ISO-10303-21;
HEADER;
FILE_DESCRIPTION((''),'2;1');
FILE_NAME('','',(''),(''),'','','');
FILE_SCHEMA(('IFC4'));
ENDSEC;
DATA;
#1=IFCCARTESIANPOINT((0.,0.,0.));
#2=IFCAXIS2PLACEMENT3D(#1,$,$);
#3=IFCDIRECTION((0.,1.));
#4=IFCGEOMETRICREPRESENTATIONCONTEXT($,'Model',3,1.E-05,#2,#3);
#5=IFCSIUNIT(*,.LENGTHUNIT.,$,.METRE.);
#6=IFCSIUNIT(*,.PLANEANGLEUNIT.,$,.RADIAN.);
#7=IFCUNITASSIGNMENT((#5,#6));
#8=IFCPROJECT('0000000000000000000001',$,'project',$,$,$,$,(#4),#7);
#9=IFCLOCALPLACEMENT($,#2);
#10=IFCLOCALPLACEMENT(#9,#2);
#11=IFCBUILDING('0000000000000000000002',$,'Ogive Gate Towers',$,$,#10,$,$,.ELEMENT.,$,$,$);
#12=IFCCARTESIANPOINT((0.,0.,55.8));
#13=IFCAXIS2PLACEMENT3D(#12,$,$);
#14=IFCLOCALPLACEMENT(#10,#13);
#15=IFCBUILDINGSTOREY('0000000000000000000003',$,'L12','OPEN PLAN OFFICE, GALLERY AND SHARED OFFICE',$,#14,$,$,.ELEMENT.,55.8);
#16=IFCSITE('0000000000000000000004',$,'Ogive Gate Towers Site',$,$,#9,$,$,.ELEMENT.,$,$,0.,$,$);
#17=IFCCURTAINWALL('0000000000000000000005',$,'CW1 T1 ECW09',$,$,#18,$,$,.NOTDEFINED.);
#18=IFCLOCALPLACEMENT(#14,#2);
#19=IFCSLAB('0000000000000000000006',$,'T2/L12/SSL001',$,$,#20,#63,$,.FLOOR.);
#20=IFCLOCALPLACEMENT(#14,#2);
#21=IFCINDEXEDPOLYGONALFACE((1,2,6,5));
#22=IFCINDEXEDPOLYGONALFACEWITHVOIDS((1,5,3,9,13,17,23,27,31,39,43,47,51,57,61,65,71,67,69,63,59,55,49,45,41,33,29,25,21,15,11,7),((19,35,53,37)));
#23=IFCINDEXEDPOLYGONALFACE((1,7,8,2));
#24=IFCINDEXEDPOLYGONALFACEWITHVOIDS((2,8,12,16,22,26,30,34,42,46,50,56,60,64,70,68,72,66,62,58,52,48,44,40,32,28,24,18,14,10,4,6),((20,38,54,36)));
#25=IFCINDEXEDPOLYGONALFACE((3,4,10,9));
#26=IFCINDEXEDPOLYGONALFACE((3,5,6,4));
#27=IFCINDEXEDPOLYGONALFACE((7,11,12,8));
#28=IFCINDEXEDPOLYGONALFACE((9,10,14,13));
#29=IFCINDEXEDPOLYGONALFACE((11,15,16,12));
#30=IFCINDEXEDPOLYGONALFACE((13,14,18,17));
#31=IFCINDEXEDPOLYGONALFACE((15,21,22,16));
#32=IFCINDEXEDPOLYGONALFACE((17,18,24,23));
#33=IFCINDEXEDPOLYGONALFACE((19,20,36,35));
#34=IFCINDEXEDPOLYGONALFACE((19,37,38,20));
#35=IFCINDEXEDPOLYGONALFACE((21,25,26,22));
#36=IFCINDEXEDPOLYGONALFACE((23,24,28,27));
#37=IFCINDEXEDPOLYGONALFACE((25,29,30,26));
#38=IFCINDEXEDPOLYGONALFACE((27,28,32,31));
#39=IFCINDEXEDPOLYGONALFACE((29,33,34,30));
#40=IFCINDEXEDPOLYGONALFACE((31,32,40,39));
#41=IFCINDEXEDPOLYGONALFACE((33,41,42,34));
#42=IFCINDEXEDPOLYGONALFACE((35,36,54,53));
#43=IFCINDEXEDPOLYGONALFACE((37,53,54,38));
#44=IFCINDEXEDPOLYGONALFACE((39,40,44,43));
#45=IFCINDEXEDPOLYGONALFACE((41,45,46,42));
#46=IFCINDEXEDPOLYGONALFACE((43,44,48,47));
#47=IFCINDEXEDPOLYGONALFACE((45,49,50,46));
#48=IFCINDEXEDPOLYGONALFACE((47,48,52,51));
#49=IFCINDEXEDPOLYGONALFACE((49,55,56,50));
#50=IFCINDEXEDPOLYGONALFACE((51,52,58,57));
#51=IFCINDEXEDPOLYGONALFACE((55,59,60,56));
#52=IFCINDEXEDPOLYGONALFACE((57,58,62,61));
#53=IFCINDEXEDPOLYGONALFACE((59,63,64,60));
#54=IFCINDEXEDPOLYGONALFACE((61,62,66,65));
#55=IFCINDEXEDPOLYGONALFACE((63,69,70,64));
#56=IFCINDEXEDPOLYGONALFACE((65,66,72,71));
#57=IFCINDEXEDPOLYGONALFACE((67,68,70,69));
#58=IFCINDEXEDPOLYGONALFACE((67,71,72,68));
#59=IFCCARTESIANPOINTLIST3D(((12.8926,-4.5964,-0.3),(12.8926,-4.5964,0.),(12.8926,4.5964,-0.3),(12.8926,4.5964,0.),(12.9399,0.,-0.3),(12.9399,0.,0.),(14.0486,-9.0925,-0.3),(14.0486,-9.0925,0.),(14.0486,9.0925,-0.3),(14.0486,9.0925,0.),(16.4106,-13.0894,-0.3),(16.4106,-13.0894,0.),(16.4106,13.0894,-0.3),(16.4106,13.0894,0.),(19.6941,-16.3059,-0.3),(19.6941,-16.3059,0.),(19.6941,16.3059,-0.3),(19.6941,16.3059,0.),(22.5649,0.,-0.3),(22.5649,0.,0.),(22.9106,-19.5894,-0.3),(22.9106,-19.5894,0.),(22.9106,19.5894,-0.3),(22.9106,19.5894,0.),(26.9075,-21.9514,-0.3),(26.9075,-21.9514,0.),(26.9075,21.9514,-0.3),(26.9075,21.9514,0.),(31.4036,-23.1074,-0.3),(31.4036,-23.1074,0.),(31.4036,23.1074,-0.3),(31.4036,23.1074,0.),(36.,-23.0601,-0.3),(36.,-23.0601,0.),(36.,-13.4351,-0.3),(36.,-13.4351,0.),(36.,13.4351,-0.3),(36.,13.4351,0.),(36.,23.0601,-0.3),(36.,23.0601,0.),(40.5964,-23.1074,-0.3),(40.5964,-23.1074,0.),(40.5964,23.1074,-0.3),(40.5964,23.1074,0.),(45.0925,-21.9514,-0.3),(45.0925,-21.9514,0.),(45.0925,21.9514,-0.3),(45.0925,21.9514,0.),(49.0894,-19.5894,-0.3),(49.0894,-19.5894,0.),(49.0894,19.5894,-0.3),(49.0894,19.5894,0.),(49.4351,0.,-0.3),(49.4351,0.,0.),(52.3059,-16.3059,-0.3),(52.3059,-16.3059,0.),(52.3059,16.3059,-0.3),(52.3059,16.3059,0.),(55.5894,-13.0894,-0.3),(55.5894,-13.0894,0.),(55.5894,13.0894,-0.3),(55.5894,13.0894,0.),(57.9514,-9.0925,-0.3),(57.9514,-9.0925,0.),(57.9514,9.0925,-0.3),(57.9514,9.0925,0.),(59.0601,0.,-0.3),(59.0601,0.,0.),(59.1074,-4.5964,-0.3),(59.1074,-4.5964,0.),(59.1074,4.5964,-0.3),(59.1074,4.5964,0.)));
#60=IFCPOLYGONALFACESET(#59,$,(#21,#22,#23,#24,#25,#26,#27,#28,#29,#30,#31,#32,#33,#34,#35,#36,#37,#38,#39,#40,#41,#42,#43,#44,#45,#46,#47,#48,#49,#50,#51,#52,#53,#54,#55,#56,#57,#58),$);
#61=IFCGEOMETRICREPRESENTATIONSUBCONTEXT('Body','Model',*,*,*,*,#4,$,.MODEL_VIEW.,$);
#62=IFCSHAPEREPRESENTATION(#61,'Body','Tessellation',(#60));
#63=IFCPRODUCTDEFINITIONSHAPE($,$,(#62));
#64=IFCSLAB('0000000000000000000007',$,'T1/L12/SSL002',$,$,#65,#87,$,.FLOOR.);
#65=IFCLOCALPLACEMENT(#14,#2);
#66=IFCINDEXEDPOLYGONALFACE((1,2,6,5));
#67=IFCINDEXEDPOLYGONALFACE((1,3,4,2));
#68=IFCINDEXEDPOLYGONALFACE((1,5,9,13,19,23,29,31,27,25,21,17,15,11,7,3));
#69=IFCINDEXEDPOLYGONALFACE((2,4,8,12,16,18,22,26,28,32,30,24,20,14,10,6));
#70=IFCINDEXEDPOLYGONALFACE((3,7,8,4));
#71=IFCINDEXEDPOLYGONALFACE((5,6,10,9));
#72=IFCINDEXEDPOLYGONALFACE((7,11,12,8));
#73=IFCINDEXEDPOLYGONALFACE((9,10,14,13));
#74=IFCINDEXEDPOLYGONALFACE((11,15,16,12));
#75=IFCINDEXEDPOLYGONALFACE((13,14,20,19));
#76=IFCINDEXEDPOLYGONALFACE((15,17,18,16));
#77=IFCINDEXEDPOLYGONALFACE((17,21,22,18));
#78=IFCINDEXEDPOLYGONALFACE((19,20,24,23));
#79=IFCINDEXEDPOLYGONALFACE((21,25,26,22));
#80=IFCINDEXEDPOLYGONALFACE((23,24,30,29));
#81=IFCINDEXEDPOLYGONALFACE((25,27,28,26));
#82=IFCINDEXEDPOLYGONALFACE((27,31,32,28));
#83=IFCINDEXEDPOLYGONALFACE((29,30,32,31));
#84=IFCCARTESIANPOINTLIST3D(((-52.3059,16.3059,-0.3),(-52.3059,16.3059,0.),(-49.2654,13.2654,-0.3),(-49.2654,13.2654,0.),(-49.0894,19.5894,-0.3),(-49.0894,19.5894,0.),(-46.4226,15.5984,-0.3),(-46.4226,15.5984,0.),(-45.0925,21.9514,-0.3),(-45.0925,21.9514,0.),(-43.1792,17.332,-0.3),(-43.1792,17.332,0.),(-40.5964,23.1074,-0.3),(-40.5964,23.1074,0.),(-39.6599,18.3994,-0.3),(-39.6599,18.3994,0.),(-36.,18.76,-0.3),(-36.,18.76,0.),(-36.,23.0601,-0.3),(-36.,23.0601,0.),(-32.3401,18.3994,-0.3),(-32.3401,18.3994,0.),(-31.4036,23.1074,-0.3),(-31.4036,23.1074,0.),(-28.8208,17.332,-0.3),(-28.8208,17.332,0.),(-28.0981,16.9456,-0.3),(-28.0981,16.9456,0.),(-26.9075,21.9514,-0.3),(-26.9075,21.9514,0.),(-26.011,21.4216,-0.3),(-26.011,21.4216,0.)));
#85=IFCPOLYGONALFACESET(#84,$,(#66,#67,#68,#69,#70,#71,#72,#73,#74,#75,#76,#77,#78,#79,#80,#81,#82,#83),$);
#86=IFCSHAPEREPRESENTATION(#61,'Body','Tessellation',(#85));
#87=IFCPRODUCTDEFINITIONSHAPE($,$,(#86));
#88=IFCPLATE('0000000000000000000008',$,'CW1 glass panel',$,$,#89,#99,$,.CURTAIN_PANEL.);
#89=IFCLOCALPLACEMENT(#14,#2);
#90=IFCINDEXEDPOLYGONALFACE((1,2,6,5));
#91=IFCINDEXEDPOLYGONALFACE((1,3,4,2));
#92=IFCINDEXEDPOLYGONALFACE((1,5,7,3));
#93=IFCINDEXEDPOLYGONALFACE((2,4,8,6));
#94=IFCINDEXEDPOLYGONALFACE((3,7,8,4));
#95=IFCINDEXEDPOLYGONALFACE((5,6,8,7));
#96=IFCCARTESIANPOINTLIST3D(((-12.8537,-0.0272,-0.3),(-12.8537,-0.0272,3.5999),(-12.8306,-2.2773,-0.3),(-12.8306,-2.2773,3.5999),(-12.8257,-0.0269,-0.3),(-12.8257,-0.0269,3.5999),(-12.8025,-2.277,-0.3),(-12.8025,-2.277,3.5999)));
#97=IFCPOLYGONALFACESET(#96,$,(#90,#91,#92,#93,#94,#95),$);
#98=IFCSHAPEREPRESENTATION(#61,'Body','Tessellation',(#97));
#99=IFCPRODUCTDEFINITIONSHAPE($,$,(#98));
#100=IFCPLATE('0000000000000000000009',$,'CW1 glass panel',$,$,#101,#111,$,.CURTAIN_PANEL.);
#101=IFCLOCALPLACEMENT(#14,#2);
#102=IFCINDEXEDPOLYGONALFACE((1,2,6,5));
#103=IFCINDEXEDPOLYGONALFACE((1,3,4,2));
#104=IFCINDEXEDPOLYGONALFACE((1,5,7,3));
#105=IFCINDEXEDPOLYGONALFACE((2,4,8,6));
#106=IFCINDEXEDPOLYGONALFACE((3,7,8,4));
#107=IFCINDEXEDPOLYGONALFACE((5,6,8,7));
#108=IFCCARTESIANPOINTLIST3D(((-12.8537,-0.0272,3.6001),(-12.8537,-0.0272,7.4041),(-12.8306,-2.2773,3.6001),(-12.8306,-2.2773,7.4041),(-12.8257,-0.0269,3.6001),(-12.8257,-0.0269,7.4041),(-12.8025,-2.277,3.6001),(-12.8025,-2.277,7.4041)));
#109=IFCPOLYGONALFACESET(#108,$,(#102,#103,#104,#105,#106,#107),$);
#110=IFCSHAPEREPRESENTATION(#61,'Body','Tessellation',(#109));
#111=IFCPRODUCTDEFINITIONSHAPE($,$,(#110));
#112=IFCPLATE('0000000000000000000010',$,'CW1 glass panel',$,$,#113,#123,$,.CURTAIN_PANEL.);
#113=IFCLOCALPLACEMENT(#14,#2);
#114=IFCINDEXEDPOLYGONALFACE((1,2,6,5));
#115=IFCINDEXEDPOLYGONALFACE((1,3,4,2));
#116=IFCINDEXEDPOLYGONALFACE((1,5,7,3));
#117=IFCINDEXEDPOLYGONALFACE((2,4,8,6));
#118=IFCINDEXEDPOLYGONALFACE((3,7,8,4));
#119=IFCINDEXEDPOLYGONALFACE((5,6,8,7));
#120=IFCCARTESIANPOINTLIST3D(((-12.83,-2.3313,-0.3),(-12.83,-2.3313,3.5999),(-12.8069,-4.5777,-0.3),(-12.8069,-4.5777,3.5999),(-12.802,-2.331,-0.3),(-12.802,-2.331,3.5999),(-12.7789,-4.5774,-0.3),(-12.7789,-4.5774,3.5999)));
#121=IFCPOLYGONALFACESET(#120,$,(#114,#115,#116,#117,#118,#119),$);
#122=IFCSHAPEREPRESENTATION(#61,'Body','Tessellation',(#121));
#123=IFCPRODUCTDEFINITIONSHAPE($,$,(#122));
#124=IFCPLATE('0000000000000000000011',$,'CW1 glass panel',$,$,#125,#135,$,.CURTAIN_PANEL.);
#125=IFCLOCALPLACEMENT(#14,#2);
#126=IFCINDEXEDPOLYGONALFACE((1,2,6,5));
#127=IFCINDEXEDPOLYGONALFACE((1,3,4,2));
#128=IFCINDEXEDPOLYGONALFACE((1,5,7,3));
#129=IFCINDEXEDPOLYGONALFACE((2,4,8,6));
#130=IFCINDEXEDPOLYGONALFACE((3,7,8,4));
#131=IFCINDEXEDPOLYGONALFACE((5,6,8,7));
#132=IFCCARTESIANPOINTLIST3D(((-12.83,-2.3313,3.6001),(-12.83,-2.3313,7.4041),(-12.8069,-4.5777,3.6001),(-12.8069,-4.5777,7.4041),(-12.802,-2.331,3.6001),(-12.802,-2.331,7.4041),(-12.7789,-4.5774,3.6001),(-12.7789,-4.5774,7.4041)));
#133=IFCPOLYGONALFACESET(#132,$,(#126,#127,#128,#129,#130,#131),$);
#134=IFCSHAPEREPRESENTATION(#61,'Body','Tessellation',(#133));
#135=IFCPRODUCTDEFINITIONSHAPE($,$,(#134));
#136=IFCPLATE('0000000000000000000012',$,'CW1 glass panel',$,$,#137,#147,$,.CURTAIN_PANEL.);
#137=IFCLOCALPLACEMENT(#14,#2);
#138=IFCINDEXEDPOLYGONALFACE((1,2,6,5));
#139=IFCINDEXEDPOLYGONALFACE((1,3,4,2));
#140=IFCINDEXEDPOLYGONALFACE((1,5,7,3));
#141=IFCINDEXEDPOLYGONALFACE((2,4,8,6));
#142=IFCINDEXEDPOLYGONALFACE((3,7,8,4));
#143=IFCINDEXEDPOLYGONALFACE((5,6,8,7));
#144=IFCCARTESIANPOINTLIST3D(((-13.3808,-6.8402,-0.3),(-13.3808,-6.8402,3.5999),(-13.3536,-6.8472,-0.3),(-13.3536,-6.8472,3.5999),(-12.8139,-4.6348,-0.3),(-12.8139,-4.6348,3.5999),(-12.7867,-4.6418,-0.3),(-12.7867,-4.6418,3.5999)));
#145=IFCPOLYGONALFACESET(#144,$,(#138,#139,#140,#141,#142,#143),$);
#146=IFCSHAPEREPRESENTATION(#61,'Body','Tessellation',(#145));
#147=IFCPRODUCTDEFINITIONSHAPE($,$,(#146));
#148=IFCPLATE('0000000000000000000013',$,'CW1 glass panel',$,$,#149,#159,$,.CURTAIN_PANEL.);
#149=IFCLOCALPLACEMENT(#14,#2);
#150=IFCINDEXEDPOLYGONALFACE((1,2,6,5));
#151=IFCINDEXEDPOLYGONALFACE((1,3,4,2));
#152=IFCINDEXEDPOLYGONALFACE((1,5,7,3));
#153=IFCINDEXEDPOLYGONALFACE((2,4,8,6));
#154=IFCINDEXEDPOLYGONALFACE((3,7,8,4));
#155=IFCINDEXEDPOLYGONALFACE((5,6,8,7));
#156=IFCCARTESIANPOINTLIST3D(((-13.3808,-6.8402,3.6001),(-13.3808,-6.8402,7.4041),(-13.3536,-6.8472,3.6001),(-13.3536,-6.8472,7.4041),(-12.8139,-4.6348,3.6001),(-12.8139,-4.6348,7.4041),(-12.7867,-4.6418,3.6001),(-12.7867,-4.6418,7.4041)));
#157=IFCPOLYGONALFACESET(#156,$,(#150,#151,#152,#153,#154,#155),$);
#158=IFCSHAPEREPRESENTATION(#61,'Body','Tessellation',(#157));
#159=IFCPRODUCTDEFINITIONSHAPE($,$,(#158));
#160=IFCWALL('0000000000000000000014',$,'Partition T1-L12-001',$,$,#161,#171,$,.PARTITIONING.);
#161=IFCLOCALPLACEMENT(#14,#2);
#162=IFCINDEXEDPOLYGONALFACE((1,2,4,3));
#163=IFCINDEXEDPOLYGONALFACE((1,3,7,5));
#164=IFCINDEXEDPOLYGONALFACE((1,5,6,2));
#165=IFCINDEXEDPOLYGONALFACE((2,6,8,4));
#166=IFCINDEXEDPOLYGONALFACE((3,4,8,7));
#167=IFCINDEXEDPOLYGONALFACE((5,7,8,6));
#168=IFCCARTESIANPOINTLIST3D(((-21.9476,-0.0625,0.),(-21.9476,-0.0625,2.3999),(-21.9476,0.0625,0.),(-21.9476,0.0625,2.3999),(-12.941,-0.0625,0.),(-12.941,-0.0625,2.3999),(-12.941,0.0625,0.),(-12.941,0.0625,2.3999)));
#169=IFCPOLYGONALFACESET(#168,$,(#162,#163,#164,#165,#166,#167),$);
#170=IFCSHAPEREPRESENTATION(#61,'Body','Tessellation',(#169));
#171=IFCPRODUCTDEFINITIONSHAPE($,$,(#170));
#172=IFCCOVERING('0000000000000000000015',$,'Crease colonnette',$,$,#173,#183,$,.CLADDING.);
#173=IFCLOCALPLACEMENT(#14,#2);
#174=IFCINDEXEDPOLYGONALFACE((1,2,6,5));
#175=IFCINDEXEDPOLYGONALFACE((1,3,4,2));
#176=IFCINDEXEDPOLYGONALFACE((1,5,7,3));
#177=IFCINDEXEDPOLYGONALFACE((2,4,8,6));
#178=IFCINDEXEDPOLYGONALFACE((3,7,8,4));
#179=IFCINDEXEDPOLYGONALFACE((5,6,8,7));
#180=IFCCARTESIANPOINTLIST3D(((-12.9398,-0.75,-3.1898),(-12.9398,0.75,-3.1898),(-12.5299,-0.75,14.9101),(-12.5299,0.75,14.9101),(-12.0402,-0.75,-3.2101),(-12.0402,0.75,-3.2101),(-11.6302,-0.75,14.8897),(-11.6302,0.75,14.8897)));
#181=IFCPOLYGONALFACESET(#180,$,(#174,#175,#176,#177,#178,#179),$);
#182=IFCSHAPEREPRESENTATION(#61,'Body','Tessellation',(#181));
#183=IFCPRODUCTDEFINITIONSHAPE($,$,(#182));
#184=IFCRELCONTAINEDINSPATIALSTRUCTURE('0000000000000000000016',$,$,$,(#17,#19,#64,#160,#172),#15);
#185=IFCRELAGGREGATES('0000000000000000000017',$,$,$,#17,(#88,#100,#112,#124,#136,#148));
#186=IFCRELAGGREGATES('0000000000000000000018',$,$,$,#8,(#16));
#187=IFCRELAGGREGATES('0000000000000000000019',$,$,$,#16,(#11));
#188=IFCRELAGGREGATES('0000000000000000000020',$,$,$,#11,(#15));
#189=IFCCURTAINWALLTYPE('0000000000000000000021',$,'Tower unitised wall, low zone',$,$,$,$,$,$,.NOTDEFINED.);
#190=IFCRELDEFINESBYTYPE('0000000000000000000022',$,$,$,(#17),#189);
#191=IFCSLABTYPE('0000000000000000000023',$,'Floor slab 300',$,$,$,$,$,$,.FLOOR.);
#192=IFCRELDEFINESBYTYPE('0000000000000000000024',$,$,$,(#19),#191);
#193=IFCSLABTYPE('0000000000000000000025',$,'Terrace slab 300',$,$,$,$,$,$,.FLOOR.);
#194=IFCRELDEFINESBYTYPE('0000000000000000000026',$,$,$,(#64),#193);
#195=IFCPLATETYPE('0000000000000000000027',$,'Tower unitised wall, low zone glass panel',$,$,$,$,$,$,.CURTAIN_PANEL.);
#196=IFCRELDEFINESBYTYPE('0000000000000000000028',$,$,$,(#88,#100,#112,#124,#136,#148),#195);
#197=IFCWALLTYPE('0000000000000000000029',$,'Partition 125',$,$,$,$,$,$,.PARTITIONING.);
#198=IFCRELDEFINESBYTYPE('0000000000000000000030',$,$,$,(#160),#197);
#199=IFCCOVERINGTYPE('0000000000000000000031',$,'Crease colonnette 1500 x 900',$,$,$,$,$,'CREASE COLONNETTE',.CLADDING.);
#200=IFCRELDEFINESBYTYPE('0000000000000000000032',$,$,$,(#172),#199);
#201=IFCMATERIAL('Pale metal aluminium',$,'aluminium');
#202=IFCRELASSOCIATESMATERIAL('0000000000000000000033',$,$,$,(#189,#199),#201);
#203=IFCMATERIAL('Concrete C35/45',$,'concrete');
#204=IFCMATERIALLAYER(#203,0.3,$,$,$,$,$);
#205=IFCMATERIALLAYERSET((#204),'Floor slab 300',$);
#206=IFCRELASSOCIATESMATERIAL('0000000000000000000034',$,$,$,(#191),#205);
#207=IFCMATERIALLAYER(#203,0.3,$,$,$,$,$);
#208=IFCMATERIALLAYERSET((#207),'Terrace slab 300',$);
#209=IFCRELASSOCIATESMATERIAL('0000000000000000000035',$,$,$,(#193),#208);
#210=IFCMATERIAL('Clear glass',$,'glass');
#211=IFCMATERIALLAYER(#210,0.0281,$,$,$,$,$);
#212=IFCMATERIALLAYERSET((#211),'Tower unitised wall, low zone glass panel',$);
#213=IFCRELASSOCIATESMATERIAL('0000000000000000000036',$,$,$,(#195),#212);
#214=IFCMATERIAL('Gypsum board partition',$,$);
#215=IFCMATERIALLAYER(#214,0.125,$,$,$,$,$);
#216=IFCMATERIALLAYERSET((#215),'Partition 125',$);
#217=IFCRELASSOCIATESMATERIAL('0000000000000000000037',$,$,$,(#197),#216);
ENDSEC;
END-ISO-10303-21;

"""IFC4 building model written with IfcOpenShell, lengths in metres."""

from ifc_helpers import new_model, si_unit, direction, frame, frame_2d, origin, origin_2d, place, context, subcontext, project, spatial, polyline, rectangle, outline, extrude, material, layer, layer_set, material_profile, profile_set, type_object, element, aggregate, save


model = new_model("IFC4")

# Units and contexts
model_context = context("Model", 3, precision=1e-05, world=origin(), true_north=direction((0.0, 1.0)))
body_context = subcontext(model_context, "Body", "Model", "MODEL_VIEW")
ifc_project = project(units=[si_unit("LENGTHUNIT", "METRE"), si_unit("PLANEANGLEUNIT", "RADIAN")], contexts=[model_context])

# Site, building, storey
site_placement = place(None, origin())
site = spatial("IfcSite", under=ifc_project, at=site_placement, Name="Ogive Gate Towers Site", CompositionType="ELEMENT", RefElevation=0.0)
building_placement = place(site_placement, origin())
building = spatial("IfcBuilding", under=site, at=building_placement, Name="Ogive Gate Towers", CompositionType="ELEMENT")
storey_placement = place(building_placement, frame((0.0, 0.0, 55.8)))
storey = spatial("IfcBuildingStorey", under=building, at=storey_placement, Name="L12", Description="OPEN PLAN OFFICE, GALLERY AND SHARED OFFICE", CompositionType="ELEMENT", Elevation=55.8)

# Shared definitions
ifc_material_1 = material(Name="Pale metal aluminium", Category="aluminium")
curtain_wall_type = type_object("IfcCurtainWallType", Name="Tower unitised wall, low zone", PredefinedType="NOTDEFINED", material=ifc_material_1)

# Curtain wall
curtain_wall_1_placement = place(storey_placement, origin())
curtain_wall_1 = element("IfcCurtainWall", 1, at=curtain_wall_1_placement, inside=storey, type_object=curtain_wall_type, Name="CW1 T1 ECW09", PredefinedType="NOTDEFINED")

# Slabs
ifc_material_2 = material(Name="Concrete C35/45", Category="concrete")
ifc_layer_1 = layer(ifc_material_2, 0.3)
ifc_layer_set_1 = layer_set([ifc_layer_1], Name="Floor slab 300")
slab_type_1 = type_object("IfcSlabType", Name="Floor slab 300", PredefinedType="FLOOR", material=ifc_layer_set_1)
slab_1_placement = place(storey_placement, frame((0.0, 0.0, -0.3)))
element("IfcSlab", 2, at=slab_1_placement, inside=storey, type_object=slab_type_1, Name="T2/L12/SSL001", PredefinedType="FLOOR", context=body_context, shape_type="SweptSolid", body=[
    extrude(outline(polyline([(59.1074, -4.5964), (59.0601, 0.0), (59.1074, 4.5964), (57.9514, 9.0925), (55.5894, 13.0894), (52.3059, 16.3059), (49.0894, 19.5894), (45.0925, 21.9514), (40.5964, 23.1074), (36.0, 23.0601), (31.4036, 23.1074), (26.9075, 21.9514), (22.9106, 19.5894), (19.6941, 16.3059), (16.4106, 13.0894), (14.0486, 9.0925), (12.8926, 4.5964), (12.9399, 0.0), (12.8926, -4.5964), (14.0486, -9.0925), (16.4106, -13.0894), (19.6941, -16.3059), (22.9106, -19.5894), (26.9075, -21.9514), (31.4036, -23.1074), (36.0, -23.0601), (40.5964, -23.1074), (45.0925, -21.9514), (49.0894, -19.5894), (52.3059, -16.3059), (55.5894, -13.0894), (57.9514, -9.0925), (59.1074, -4.5964)]), holes=[polyline([(49.4351, 0.0), (36.0, -13.4351), (22.5649, 0.0), (36.0, 13.4351), (49.4351, 0.0)])]), origin(), (0.0, 0.0, 1.0), 0.3),
])
ifc_layer_2 = layer(ifc_material_2, 0.3)
ifc_layer_set_2 = layer_set([ifc_layer_2], Name="Terrace slab 300")
slab_type_2 = type_object("IfcSlabType", Name="Terrace slab 300", PredefinedType="FLOOR", material=ifc_layer_set_2)
slab_2_placement = place(storey_placement, frame((0.0, 0.0, -0.3)))
element("IfcSlab", 3, at=slab_2_placement, inside=storey, type_object=slab_type_2, Name="T1/L12/SSL002", PredefinedType="FLOOR", context=body_context, shape_type="SweptSolid", body=[
    extrude(outline(polyline([(-28.0981, 16.9456), (-26.011, 21.4216), (-26.9075, 21.9514), (-31.4036, 23.1074), (-36.0, 23.0601), (-40.5964, 23.1074), (-45.0925, 21.9514), (-49.0894, 19.5894), (-52.3059, 16.3059), (-49.2654, 13.2654), (-46.4226, 15.5984), (-43.1792, 17.332), (-39.6599, 18.3994), (-36.0, 18.76), (-32.3401, 18.3994), (-28.8208, 17.332), (-28.0981, 16.9456)])), origin(), (0.0, 0.0, 1.0), 0.3),
])

# Plates
ifc_material_3 = material(Name="Clear glass", Category="glass")
ifc_layer_3 = layer(ifc_material_3, 0.0281)
ifc_layer_set_3 = layer_set([ifc_layer_3], Name="Tower unitised wall, low zone glass panel")
plate_type = type_object("IfcPlateType", Name="Tower unitised wall, low zone glass panel", PredefinedType="CURTAIN_PANEL", material=ifc_layer_set_3)
plate_1_placement = place(storey_placement, frame((-12.8281, -1.1521, -0.3), z_axis=(0.0, 0.0, 1.0), x_axis=(0.01028, -0.999947, 0.0)))
plate_1 = element("IfcPlate", 4, at=plate_1_placement, type_object=plate_type, Name="CW1 glass panel", PredefinedType="CURTAIN_PANEL", context=body_context, shape_type="SweptSolid", body=[
    extrude(rectangle(XDim=2.2502, YDim=0.0281, at=origin_2d()), origin(), (0.0, 0.0, 1.0), 3.8999),
])
plate_2_placement = place(storey_placement, frame((-12.8281, -1.1521, 3.6001), z_axis=(0.0, 0.0, 1.0), x_axis=(0.01028, -0.999947, 0.0)))
plate_2 = element("IfcPlate", 5, at=plate_2_placement, type_object=plate_type, Name="CW1 glass panel", PredefinedType="CURTAIN_PANEL", context=body_context, shape_type="SweptSolid", body=[
    extrude(rectangle(XDim=2.2502, YDim=0.0281, at=origin_2d()), origin(), (0.0, 0.0, 1.0), 3.804),
])
plate_3_placement = place(storey_placement, frame((-12.8044, -3.4543, -0.3), z_axis=(0.0, 0.0, 1.0), x_axis=(0.01028, -0.999947, 0.0)))
plate_3 = element("IfcPlate", 6, at=plate_3_placement, type_object=plate_type, Name="CW1 glass panel", PredefinedType="CURTAIN_PANEL", context=body_context, shape_type="SweptSolid", body=[
    extrude(rectangle(XDim=2.2466, YDim=0.0281, at=origin_2d()), origin(), (0.0, 0.0, 1.0), 3.8999),
])
plate_4_placement = place(storey_placement, frame((-12.8044, -3.4543, 3.6001), z_axis=(0.0, 0.0, 1.0), x_axis=(0.01028, -0.999947, 0.0)))
plate_4 = element("IfcPlate", 7, at=plate_4_placement, type_object=plate_type, Name="CW1 glass panel", PredefinedType="CURTAIN_PANEL", context=body_context, shape_type="SweptSolid", body=[
    extrude(rectangle(XDim=2.2466, YDim=0.0281, at=origin_2d()), origin(), (0.0, 0.0, 1.0), 3.804),
])
plate_5_placement = place(storey_placement, frame((-13.0837, -5.741, -0.3), z_axis=(0.0, 0.0, 1.0), x_axis=(-0.248977, -0.968509, 0.0)))
plate_5 = element("IfcPlate", 8, at=plate_5_placement, type_object=plate_type, Name="CW1 glass panel", PredefinedType="CURTAIN_PANEL", context=body_context, shape_type="SweptSolid", body=[
    extrude(rectangle(XDim=2.2771, YDim=0.0281, at=origin_2d()), origin(), (0.0, 0.0, 1.0), 3.8999),
])
plate_6_placement = place(storey_placement, frame((-13.0837, -5.741, 3.6001), z_axis=(0.0, 0.0, 1.0), x_axis=(-0.248977, -0.968509, 0.0)))
plate_6 = element("IfcPlate", 9, at=plate_6_placement, type_object=plate_type, Name="CW1 glass panel", PredefinedType="CURTAIN_PANEL", context=body_context, shape_type="SweptSolid", body=[
    extrude(rectangle(XDim=2.2771, YDim=0.0281, at=origin_2d()), origin(), (0.0, 0.0, 1.0), 3.804),
])
aggregate(curtain_wall_1, [plate_1, plate_2, plate_3, plate_4, plate_5, plate_6])

# Wall
ifc_material_4 = material(Name="Gypsum board partition")
ifc_layer_4 = layer(ifc_material_4, 0.125)
ifc_layer_set_4 = layer_set([ifc_layer_4], Name="Partition 125")
wall_type = type_object("IfcWallType", Name="Partition 125", PredefinedType="PARTITIONING", material=ifc_layer_set_4)
wall_placement = place(storey_placement, frame((-12.9409, 0.0, 0.0), z_axis=(0.0, 0.0, 1.0), x_axis=(-1.0, 0.0, 0.0)))
element("IfcWall", 10, at=wall_placement, inside=storey, type_object=wall_type, Name="Partition T1-L12-001", PredefinedType="PARTITIONING", context=body_context, shape_type="SweptSolid", body=[
    extrude(rectangle(XDim=9.0066, YDim=0.125, at=frame_2d((4.5034, 0.0))), origin(), (0.0, 0.0, 1.0), 2.3999),
])

# Covering
ifc_material_profile_1 = material_profile(ifc_material_1, rectangle(XDim=1.5, YDim=0.8999, at=origin_2d()), Name="1500 x 900 pale metal aluminium")
ifc_profile_set_1 = profile_set([ifc_material_profile_1], Name="Pale metal aluminium")
covering_type_1 = type_object("IfcCoveringType", Name="Crease colonnette 1500 x 900", ElementType="CREASE COLONNETTE", PredefinedType="CLADDING", material=ifc_profile_set_1)
covering_1_placement = place(storey_placement, frame((-12.49, 0.0, -3.2), z_axis=(0.022641, 0.0, 0.999744), x_axis=(0.0, 1.0, 0.0)))
element("IfcCovering", 11, at=covering_1_placement, inside=storey, type_object=covering_type_1, Name="Crease colonnette", PredefinedType="CLADDING", context=body_context, shape_type="SweptSolid", body=[
    extrude(rectangle(XDim=1.5, YDim=0.8999, at=origin_2d()), origin(), (0.0, 0.0, 1.0), 18.1045),
])

save(model, "model.ifc")
